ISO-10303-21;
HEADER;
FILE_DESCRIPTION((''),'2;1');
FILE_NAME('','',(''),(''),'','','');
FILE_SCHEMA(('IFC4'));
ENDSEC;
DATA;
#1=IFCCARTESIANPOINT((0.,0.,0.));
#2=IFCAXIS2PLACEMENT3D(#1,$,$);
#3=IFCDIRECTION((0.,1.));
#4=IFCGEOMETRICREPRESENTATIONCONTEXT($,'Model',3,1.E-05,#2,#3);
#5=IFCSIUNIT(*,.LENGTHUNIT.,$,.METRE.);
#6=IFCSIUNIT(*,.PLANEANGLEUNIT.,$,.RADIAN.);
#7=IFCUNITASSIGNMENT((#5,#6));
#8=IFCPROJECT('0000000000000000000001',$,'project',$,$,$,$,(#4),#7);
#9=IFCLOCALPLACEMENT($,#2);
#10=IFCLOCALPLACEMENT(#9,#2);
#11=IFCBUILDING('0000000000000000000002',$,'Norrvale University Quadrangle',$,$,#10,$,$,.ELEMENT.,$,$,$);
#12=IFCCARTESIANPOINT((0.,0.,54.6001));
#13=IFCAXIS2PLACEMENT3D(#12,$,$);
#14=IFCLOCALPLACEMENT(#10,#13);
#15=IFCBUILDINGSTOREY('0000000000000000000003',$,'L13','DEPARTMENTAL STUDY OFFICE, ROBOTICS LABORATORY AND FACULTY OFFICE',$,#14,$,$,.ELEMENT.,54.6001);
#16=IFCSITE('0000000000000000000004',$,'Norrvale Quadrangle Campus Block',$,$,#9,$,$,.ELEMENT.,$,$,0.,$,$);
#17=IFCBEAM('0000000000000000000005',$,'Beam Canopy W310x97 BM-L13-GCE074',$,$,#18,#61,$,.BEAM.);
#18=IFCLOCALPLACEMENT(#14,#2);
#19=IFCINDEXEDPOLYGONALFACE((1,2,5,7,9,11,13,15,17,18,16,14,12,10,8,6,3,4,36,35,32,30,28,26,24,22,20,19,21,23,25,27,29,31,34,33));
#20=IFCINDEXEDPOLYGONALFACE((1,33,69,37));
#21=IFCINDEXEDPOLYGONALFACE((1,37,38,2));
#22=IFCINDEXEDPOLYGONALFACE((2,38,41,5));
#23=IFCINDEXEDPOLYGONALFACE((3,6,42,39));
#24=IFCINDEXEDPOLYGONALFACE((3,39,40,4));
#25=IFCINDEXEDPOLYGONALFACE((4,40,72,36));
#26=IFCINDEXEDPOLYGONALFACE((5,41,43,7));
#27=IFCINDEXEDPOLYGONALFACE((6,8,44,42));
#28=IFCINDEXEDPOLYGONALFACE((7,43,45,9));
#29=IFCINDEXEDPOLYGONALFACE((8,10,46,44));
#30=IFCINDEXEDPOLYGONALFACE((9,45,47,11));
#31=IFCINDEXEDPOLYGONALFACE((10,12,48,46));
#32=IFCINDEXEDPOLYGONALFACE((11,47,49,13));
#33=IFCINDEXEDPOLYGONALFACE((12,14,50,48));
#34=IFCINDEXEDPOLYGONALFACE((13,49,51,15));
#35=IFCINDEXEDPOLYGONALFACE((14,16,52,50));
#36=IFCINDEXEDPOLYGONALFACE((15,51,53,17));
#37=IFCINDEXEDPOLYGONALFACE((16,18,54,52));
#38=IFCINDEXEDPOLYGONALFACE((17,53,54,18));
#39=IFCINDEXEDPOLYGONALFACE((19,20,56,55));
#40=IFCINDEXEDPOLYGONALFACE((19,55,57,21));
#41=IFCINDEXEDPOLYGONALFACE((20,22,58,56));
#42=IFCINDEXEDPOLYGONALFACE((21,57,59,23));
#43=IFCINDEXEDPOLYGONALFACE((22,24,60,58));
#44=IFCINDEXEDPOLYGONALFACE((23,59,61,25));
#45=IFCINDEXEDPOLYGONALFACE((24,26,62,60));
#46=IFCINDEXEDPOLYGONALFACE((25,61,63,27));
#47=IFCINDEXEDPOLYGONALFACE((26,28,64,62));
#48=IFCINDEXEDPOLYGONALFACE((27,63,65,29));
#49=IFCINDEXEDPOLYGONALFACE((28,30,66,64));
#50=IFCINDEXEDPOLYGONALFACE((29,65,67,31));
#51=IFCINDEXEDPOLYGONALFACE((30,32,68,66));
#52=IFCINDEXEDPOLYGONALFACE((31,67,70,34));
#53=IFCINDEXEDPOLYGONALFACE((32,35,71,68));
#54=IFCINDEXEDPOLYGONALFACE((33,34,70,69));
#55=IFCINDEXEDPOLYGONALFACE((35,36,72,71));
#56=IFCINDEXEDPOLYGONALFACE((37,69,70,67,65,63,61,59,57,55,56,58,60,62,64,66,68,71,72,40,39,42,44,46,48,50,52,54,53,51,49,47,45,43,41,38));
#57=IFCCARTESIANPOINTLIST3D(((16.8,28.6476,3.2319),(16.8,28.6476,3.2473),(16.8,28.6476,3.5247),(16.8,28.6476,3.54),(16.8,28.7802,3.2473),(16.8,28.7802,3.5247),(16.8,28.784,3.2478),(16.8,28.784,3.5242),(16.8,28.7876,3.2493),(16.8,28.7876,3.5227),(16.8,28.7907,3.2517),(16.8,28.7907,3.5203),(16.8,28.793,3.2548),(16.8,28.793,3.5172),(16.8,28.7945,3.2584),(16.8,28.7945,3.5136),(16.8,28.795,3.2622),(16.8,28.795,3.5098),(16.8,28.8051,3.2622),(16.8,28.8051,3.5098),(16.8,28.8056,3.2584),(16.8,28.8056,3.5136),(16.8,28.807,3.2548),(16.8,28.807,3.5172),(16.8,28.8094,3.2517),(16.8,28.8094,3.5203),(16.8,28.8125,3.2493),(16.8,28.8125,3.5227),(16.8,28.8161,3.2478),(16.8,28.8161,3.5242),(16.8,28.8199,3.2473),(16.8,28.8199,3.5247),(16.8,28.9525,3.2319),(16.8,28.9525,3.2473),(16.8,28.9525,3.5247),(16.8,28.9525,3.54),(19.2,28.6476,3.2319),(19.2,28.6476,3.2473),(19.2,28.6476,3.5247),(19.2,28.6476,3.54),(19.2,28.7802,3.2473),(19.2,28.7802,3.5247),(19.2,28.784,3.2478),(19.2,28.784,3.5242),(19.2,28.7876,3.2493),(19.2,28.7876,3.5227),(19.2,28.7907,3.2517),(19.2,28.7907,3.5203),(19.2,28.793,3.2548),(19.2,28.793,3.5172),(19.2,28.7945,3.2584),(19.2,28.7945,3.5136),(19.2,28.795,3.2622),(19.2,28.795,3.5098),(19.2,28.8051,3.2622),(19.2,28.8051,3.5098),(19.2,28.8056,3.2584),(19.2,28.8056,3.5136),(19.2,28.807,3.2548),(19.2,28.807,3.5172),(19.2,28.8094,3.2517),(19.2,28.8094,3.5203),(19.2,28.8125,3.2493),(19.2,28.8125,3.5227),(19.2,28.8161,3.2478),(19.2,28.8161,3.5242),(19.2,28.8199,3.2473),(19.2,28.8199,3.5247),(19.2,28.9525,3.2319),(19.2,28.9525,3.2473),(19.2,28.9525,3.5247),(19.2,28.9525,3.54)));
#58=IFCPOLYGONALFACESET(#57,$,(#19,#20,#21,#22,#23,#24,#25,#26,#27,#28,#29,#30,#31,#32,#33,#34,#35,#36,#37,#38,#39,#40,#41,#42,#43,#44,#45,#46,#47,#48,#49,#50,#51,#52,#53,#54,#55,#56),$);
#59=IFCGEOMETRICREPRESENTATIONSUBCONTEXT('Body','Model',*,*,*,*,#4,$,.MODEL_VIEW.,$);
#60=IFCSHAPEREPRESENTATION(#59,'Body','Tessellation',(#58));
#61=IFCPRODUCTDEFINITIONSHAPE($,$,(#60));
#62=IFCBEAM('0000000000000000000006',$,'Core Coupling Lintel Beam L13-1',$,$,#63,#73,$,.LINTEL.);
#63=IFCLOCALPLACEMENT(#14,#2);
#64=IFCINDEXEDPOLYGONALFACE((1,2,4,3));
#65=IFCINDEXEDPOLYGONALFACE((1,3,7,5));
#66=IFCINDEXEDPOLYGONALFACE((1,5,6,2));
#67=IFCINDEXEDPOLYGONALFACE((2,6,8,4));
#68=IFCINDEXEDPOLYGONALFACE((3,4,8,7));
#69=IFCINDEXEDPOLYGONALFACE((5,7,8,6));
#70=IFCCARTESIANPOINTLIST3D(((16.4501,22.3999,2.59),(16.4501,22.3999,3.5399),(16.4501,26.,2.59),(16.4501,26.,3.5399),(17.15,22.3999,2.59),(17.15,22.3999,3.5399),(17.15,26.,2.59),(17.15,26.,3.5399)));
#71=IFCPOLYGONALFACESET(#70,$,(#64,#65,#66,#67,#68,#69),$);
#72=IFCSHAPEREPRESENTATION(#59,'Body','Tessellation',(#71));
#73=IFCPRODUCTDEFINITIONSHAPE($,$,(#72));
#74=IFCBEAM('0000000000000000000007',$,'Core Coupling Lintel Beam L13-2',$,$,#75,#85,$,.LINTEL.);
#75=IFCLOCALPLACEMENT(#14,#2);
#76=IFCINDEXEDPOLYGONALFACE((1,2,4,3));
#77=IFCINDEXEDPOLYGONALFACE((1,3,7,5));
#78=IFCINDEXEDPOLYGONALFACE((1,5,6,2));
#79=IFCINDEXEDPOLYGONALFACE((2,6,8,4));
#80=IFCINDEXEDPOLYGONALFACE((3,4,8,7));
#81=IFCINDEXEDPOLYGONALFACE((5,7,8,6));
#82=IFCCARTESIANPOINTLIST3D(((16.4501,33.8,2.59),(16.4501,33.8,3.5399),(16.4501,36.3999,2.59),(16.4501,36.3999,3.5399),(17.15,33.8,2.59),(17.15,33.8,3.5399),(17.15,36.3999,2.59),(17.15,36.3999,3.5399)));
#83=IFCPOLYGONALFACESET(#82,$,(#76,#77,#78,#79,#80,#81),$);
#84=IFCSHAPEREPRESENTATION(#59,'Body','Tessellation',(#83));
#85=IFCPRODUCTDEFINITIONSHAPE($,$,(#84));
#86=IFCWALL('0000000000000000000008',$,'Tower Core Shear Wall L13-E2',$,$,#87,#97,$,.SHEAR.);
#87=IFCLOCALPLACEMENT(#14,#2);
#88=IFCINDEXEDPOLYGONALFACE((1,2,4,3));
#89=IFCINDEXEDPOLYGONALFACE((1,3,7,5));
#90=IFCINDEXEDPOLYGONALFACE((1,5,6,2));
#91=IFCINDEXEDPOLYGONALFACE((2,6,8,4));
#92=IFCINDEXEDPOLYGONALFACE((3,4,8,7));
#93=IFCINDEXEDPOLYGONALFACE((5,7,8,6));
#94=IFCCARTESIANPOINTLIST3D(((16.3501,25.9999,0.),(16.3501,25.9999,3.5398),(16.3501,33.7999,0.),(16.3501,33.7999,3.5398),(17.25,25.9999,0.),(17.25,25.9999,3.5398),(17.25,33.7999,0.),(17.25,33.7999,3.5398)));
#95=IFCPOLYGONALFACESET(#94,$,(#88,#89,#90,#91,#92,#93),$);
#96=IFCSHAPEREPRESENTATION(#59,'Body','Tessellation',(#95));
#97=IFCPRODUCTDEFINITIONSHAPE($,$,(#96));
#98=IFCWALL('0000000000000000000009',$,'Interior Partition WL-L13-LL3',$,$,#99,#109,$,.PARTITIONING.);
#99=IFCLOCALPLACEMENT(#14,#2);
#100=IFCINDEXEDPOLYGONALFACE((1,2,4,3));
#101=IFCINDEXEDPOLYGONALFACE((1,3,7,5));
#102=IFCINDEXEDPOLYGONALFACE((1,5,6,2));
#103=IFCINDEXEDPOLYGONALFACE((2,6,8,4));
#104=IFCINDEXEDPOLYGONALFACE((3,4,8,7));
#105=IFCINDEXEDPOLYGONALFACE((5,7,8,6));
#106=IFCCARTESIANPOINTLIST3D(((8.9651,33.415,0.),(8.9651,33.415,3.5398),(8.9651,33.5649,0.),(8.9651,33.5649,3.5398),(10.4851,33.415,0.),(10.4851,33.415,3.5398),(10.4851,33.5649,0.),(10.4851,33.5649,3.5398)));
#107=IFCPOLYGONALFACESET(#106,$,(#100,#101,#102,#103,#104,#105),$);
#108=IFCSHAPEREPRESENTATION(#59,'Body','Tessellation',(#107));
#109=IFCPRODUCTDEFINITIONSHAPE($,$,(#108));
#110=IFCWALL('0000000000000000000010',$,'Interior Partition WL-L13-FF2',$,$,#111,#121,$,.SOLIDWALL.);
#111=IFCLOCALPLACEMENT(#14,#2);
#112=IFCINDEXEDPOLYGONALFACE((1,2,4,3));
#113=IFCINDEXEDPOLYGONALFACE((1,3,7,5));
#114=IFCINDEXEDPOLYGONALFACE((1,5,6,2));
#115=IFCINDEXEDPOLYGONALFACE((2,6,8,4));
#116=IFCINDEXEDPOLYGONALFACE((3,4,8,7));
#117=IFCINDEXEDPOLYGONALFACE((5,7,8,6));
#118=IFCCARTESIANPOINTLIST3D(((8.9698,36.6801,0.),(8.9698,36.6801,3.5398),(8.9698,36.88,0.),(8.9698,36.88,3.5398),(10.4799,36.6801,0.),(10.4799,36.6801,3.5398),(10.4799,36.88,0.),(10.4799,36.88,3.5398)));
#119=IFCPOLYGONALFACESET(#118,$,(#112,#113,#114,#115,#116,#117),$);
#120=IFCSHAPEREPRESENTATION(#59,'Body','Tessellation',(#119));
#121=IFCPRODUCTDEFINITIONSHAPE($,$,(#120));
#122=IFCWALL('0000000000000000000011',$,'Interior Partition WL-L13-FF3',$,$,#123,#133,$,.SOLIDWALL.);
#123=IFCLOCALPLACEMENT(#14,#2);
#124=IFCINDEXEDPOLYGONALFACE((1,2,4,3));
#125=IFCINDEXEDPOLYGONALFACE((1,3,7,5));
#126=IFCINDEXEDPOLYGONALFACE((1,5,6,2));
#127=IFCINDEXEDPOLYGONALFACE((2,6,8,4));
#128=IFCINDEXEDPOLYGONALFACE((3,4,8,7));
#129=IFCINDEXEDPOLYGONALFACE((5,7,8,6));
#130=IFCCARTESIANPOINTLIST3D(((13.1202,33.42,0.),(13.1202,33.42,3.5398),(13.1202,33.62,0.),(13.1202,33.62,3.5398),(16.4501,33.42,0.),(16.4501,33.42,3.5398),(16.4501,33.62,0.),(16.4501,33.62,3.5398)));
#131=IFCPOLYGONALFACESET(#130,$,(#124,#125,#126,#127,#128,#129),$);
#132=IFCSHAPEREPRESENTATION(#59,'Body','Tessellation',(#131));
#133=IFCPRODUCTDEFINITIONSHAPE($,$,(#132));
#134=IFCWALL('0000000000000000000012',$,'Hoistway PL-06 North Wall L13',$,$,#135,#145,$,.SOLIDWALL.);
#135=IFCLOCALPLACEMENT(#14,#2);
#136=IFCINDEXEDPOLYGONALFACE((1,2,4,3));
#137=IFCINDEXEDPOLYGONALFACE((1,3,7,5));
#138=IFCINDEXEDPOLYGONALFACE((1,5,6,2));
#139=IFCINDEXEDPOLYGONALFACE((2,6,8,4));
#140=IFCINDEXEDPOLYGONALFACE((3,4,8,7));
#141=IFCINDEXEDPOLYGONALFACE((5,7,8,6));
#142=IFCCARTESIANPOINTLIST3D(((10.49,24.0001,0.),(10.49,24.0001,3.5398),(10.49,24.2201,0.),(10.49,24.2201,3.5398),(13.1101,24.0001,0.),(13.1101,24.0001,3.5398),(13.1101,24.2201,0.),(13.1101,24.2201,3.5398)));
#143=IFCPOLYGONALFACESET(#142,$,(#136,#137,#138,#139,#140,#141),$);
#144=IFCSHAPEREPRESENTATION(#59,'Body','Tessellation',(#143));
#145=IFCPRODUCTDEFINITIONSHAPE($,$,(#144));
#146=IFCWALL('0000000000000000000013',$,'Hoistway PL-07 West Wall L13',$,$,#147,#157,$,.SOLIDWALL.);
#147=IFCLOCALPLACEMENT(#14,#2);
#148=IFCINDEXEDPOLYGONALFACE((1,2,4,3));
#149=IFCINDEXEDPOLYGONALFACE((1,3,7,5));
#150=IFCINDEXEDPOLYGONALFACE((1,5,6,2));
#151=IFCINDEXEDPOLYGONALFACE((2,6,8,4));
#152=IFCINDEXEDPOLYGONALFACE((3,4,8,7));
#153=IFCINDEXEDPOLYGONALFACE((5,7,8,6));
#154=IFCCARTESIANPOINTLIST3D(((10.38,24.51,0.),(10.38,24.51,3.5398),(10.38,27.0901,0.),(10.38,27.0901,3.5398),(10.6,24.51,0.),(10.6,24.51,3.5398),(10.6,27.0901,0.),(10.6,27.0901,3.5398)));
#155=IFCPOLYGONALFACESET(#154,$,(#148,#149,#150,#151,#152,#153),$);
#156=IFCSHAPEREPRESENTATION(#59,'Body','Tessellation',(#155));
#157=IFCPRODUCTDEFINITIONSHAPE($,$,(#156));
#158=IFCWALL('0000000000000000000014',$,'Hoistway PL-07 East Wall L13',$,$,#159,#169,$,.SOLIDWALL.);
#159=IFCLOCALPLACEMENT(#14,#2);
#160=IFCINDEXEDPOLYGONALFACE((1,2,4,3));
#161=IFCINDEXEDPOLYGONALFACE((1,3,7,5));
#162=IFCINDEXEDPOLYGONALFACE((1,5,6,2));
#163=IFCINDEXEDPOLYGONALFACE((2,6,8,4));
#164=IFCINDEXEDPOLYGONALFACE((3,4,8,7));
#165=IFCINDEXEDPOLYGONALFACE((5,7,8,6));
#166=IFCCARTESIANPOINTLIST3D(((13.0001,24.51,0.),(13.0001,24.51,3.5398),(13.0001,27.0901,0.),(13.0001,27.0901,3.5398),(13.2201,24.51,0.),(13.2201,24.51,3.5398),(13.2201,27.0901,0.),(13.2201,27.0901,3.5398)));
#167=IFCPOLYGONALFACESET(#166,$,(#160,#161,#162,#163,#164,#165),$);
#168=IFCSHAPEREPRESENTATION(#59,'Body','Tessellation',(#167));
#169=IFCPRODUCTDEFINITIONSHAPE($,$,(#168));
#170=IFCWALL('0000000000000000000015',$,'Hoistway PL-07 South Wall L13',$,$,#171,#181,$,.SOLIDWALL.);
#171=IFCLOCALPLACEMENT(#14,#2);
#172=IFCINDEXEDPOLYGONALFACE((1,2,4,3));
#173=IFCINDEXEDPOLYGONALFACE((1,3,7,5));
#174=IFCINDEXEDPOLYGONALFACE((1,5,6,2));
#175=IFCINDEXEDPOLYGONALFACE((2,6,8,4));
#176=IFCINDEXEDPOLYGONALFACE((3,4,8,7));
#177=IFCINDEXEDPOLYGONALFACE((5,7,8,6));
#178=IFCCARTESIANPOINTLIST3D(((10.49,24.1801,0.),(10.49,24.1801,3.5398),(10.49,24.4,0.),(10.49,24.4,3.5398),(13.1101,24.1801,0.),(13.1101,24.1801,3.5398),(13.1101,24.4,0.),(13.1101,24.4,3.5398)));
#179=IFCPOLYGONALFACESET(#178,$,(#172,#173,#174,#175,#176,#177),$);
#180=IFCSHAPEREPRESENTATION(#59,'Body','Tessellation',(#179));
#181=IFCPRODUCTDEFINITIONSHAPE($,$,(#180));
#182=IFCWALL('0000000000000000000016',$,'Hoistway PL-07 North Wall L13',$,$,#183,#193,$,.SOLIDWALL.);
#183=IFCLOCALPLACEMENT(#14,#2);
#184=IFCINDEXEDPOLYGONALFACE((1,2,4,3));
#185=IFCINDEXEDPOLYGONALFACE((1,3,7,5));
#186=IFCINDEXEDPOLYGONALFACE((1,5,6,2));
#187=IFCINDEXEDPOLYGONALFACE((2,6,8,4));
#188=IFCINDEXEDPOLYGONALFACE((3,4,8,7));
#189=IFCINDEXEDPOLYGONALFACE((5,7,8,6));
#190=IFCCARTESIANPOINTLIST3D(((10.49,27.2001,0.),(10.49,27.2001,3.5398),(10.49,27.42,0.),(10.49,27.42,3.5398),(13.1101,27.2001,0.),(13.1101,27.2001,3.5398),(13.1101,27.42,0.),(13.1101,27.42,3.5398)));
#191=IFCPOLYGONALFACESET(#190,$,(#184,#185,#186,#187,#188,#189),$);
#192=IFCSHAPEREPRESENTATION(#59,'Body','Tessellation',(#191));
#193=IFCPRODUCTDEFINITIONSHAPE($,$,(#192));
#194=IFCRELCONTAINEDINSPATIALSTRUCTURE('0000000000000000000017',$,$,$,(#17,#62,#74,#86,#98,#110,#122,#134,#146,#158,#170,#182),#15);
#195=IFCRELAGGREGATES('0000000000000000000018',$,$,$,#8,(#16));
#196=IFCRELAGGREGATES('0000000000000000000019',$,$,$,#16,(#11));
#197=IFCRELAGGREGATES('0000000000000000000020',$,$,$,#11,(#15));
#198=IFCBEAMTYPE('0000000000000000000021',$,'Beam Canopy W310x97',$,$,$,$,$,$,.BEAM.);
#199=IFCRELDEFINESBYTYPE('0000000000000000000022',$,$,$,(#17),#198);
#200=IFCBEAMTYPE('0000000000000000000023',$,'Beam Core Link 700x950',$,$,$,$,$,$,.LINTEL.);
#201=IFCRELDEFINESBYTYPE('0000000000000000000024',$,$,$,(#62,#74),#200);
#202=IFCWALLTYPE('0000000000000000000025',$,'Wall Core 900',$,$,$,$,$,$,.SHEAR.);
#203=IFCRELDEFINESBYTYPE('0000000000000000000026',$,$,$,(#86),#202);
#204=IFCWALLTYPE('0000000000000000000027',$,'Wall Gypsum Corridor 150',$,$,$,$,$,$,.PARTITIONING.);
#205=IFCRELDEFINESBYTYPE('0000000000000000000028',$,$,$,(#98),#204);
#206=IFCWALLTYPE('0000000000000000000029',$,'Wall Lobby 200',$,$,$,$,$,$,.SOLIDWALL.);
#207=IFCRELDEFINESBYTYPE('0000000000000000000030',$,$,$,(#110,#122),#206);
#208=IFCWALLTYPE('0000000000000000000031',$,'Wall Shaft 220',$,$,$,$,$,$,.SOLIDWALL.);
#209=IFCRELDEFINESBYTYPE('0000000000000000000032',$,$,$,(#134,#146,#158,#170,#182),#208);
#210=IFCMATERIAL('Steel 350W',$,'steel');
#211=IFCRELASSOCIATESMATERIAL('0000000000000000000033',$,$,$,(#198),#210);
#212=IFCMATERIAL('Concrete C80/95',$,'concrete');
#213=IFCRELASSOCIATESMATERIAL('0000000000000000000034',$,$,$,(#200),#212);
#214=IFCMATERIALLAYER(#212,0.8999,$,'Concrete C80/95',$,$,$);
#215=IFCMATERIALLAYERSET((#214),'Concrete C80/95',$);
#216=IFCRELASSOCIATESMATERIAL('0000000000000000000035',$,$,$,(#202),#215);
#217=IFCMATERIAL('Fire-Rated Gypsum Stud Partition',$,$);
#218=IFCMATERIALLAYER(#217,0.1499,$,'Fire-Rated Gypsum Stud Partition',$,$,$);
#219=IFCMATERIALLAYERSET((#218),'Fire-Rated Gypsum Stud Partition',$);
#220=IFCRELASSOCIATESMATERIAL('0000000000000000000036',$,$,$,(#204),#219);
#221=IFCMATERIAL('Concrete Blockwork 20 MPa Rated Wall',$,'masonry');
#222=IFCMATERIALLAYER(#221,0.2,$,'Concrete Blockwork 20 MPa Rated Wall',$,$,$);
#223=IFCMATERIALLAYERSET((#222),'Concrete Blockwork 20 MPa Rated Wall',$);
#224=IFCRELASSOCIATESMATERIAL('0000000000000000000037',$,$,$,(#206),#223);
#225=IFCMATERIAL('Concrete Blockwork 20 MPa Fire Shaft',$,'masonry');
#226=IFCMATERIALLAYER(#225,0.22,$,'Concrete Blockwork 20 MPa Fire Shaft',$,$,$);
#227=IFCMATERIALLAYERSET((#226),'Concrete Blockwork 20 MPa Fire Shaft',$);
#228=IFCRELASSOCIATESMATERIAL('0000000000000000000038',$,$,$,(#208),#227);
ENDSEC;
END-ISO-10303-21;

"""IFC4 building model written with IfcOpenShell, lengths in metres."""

from ifc_helpers import new_model, si_unit, direction, frame, frame_2d, origin, origin_2d, place, context, subcontext, project, spatial, rectangle, i_section, extrude, material, layer, layer_set, material_profile, profile_set, type_object, element, save


model = new_model("IFC4")

# Units and contexts
model_context = context("Model", 3, precision=1e-05, world=origin(), true_north=direction((0.0, 1.0)))
body_context = subcontext(model_context, "Body", "Model", "MODEL_VIEW")
ifc_project = project(units=[si_unit("LENGTHUNIT", "METRE"), si_unit("PLANEANGLEUNIT", "RADIAN")], contexts=[model_context])

# Site, building, storey
site_placement = place(None, origin())
site = spatial("IfcSite", under=ifc_project, at=site_placement, Name="Norrvale Quadrangle Campus Block", CompositionType="ELEMENT", RefElevation=0.0)
building_placement = place(site_placement, origin())
building = spatial("IfcBuilding", under=site, at=building_placement, Name="Norrvale University Quadrangle", CompositionType="ELEMENT")
storey_placement = place(building_placement, frame((0.0, 0.0, 54.6001)))
storey = spatial("IfcBuildingStorey", under=building, at=storey_placement, Name="L13", Description="DEPARTMENTAL STUDY OFFICE, ROBOTICS LABORATORY AND FACULTY OFFICE", CompositionType="ELEMENT", Elevation=54.6001)

# Beams
ifc_material_1 = material(Name="Steel 350W", Category="steel")
ifc_material_profile_1 = material_profile(ifc_material_1, i_section(OverallWidth=0.3049, OverallDepth=0.3081, WebThickness=0.01, FlangeThickness=0.0154, FilletRadius=0.0149, at=origin_2d()), Name="Steel 350W")
ifc_profile_set_1 = profile_set([ifc_material_profile_1], Name="Steel 350W")
beam_type_1 = type_object("IfcBeamType", Name="Beam Canopy W310x97", PredefinedType="BEAM", material=ifc_profile_set_1)
beam_1_placement = place(storey_placement, frame((16.8, 28.8, 3.386), z_axis=(1.0, 0.0, 0.0), x_axis=(0.0, 1.0, 0.0)))
element("IfcBeam", 1, at=beam_1_placement, inside=storey, type_object=beam_type_1, Name="Beam Canopy W310x97 BM-L13-GCE074", PredefinedType="BEAM", context=body_context, shape_type="SweptSolid", body=[
    extrude(i_section(OverallWidth=0.3049, OverallDepth=0.3081, WebThickness=0.01, FlangeThickness=0.0154, FilletRadius=0.0149, at=origin_2d()), origin(), (0.0, 0.0, 1.0), 2.3999),
])
ifc_material_2 = material(Name="Concrete C80/95", Category="concrete")
ifc_material_profile_2 = material_profile(ifc_material_2, rectangle(XDim=0.7, YDim=0.95, at=origin_2d()), Name="Concrete C80/95")
ifc_profile_set_2 = profile_set([ifc_material_profile_2], Name="Concrete C80/95")
beam_type_2 = type_object("IfcBeamType", Name="Beam Core Link 700x950", PredefinedType="LINTEL", material=ifc_profile_set_2)
beam_2_placement = place(storey_placement, frame((16.8, 22.3999, 3.0649), z_axis=(0.0, 1.0, 0.0), x_axis=(-1.0, 0.0, 0.0)))
element("IfcBeam", 2, at=beam_2_placement, inside=storey, type_object=beam_type_2, Name="Core Coupling Lintel Beam L13-1", PredefinedType="LINTEL", context=body_context, shape_type="SweptSolid", body=[
    extrude(rectangle(XDim=0.7, YDim=0.95, at=origin_2d()), origin(), (0.0, 0.0, 1.0), 3.6001),
])
beam_3_placement = place(storey_placement, frame((16.8, 33.8, 3.0649), z_axis=(0.0, 1.0, 0.0), x_axis=(-1.0, 0.0, 0.0)))
element("IfcBeam", 3, at=beam_3_placement, inside=storey, type_object=beam_type_2, Name="Core Coupling Lintel Beam L13-2", PredefinedType="LINTEL", context=body_context, shape_type="SweptSolid", body=[
    extrude(rectangle(XDim=0.7, YDim=0.95, at=origin_2d()), origin(), (0.0, 0.0, 1.0), 2.5999),
])

# Wall
ifc_layer_1 = layer(ifc_material_2, 0.8999, Name="Concrete C80/95")
ifc_layer_set_1 = layer_set([ifc_layer_1], Name="Concrete C80/95")
wall_type_1 = type_object("IfcWallType", Name="Wall Core 900", PredefinedType="SHEAR", material=ifc_layer_set_1)
wall_1_placement = place(storey_placement, frame((16.8, 26.0, 0.0), z_axis=(0.0, 0.0, 1.0), x_axis=(0.0, 1.0, 0.0)))
element("IfcWall", 4, at=wall_1_placement, inside=storey, type_object=wall_type_1, Name="Tower Core Shear Wall L13-E2", PredefinedType="SHEAR", context=body_context, shape_type="SweptSolid", body=[
    extrude(rectangle(XDim=7.8, YDim=0.8999, at=frame_2d((3.8999, 0.0))), origin(), (0.0, 0.0, 1.0), 3.5398),
])

# Walls
ifc_material_3 = material(Name="Fire-Rated Gypsum Stud Partition")
ifc_layer_2 = layer(ifc_material_3, 0.1499, Name="Fire-Rated Gypsum Stud Partition")
ifc_layer_set_2 = layer_set([ifc_layer_2], Name="Fire-Rated Gypsum Stud Partition")
wall_type_2 = type_object("IfcWallType", Name="Wall Gypsum Corridor 150", PredefinedType="PARTITIONING", material=ifc_layer_set_2)
wall_2_placement = place(storey_placement, frame((8.9651, 33.49, 0.0), z_axis=(0.0, 0.0, 1.0), x_axis=(1.0, 0.0, 0.0)))
element("IfcWall", 5, at=wall_2_placement, inside=storey, type_object=wall_type_2, Name="Interior Partition WL-L13-LL3", PredefinedType="PARTITIONING", context=body_context, shape_type="SweptSolid", body=[
    extrude(rectangle(XDim=1.52, YDim=0.1499, at=frame_2d((0.76, 0.0))), origin(), (0.0, 0.0, 1.0), 3.5398),
])
ifc_material_4 = material(Name="Concrete Blockwork 20 MPa Rated Wall", Category="masonry")
ifc_layer_3 = layer(ifc_material_4, 0.2, Name="Concrete Blockwork 20 MPa Rated Wall")
ifc_layer_set_3 = layer_set([ifc_layer_3], Name="Concrete Blockwork 20 MPa Rated Wall")
wall_type_3 = type_object("IfcWallType", Name="Wall Lobby 200", PredefinedType="SOLIDWALL", material=ifc_layer_set_3)
wall_3_placement = place(storey_placement, frame((8.97, 36.78, 0.0), z_axis=(0.0, 0.0, 1.0), x_axis=(1.0, 0.0, 0.0)))
element("IfcWall", 6, at=wall_3_placement, inside=storey, type_object=wall_type_3, Name="Interior Partition WL-L13-FF2", PredefinedType="SOLIDWALL", context=body_context, shape_type="SweptSolid", body=[
    extrude(rectangle(XDim=1.51, YDim=0.2, at=frame_2d((0.7549, 0.0))), origin(), (0.0, 0.0, 1.0), 3.5398),
])
wall_4_placement = place(storey_placement, frame((13.1201, 33.52, 0.0), z_axis=(0.0, 0.0, 1.0), x_axis=(1.0, 0.0, 0.0)))
element("IfcWall", 7, at=wall_4_placement, inside=storey, type_object=wall_type_3, Name="Interior Partition WL-L13-FF3", PredefinedType="SOLIDWALL", context=body_context, shape_type="SweptSolid", body=[
    extrude(rectangle(XDim=3.3298, YDim=0.2, at=frame_2d((1.665, 0.0))), origin(), (0.0, 0.0, 1.0), 3.5398),
])
ifc_material_5 = material(Name="Concrete Blockwork 20 MPa Fire Shaft", Category="masonry")
ifc_layer_4 = layer(ifc_material_5, 0.22, Name="Concrete Blockwork 20 MPa Fire Shaft")
ifc_layer_set_4 = layer_set([ifc_layer_4], Name="Concrete Blockwork 20 MPa Fire Shaft")
wall_type_4 = type_object("IfcWallType", Name="Wall Shaft 220", PredefinedType="SOLIDWALL", material=ifc_layer_set_4)
wall_5_placement = place(storey_placement, frame((10.49, 24.1101, 0.0), z_axis=(0.0, 0.0, 1.0), x_axis=(1.0, 0.0, 0.0)))
element("IfcWall", 8, at=wall_5_placement, inside=storey, type_object=wall_type_4, Name="Hoistway PL-06 North Wall L13", PredefinedType="SOLIDWALL", context=body_context, shape_type="SweptSolid", body=[
    extrude(rectangle(XDim=2.6201, YDim=0.22, at=frame_2d((1.3101, 0.0))), origin(), (0.0, 0.0, 1.0), 3.5398),
])
for number, where, z_axis, x_axis, name in (
    (9, (10.49, 24.51, 0.0), (0.0, 0.0, 1.0), (0.0, 1.0, 0.0), "Hoistway PL-07 West Wall L13"),
    (10, (13.1101, 24.51, 0.0), (0.0, 0.0, 1.0), (0.0, 1.0, 0.0), "Hoistway PL-07 East Wall L13"),
):
    element("IfcWall", number, at=place(storey_placement, frame(where, z_axis=z_axis, x_axis=x_axis)), inside=storey, type_object=wall_type_4, Name=name, PredefinedType="SOLIDWALL", context=body_context, shape_type="SweptSolid", body=[
        extrude(rectangle(XDim=2.5801, YDim=0.22, at=frame_2d((1.29, 0.0))), origin(), (0.0, 0.0, 1.0), 3.5398),
    ])
for number, where, z_axis, x_axis, name in (
    (11, (10.49, 24.29, 0.0), (0.0, 0.0, 1.0), (1.0, 0.0, 0.0), "Hoistway PL-07 South Wall L13"),
    (12, (10.49, 27.3101, 0.0), (0.0, 0.0, 1.0), (1.0, 0.0, 0.0), "Hoistway PL-07 North Wall L13"),
):
    element("IfcWall", number, at=place(storey_placement, frame(where, z_axis=z_axis, x_axis=x_axis)), inside=storey, type_object=wall_type_4, Name=name, PredefinedType="SOLIDWALL", context=body_context, shape_type="SweptSolid", body=[
        extrude(rectangle(XDim=2.6201, YDim=0.22, at=frame_2d((1.3101, 0.0))), origin(), (0.0, 0.0, 1.0), 3.5398),
    ])

save(model, "model.ifc")
